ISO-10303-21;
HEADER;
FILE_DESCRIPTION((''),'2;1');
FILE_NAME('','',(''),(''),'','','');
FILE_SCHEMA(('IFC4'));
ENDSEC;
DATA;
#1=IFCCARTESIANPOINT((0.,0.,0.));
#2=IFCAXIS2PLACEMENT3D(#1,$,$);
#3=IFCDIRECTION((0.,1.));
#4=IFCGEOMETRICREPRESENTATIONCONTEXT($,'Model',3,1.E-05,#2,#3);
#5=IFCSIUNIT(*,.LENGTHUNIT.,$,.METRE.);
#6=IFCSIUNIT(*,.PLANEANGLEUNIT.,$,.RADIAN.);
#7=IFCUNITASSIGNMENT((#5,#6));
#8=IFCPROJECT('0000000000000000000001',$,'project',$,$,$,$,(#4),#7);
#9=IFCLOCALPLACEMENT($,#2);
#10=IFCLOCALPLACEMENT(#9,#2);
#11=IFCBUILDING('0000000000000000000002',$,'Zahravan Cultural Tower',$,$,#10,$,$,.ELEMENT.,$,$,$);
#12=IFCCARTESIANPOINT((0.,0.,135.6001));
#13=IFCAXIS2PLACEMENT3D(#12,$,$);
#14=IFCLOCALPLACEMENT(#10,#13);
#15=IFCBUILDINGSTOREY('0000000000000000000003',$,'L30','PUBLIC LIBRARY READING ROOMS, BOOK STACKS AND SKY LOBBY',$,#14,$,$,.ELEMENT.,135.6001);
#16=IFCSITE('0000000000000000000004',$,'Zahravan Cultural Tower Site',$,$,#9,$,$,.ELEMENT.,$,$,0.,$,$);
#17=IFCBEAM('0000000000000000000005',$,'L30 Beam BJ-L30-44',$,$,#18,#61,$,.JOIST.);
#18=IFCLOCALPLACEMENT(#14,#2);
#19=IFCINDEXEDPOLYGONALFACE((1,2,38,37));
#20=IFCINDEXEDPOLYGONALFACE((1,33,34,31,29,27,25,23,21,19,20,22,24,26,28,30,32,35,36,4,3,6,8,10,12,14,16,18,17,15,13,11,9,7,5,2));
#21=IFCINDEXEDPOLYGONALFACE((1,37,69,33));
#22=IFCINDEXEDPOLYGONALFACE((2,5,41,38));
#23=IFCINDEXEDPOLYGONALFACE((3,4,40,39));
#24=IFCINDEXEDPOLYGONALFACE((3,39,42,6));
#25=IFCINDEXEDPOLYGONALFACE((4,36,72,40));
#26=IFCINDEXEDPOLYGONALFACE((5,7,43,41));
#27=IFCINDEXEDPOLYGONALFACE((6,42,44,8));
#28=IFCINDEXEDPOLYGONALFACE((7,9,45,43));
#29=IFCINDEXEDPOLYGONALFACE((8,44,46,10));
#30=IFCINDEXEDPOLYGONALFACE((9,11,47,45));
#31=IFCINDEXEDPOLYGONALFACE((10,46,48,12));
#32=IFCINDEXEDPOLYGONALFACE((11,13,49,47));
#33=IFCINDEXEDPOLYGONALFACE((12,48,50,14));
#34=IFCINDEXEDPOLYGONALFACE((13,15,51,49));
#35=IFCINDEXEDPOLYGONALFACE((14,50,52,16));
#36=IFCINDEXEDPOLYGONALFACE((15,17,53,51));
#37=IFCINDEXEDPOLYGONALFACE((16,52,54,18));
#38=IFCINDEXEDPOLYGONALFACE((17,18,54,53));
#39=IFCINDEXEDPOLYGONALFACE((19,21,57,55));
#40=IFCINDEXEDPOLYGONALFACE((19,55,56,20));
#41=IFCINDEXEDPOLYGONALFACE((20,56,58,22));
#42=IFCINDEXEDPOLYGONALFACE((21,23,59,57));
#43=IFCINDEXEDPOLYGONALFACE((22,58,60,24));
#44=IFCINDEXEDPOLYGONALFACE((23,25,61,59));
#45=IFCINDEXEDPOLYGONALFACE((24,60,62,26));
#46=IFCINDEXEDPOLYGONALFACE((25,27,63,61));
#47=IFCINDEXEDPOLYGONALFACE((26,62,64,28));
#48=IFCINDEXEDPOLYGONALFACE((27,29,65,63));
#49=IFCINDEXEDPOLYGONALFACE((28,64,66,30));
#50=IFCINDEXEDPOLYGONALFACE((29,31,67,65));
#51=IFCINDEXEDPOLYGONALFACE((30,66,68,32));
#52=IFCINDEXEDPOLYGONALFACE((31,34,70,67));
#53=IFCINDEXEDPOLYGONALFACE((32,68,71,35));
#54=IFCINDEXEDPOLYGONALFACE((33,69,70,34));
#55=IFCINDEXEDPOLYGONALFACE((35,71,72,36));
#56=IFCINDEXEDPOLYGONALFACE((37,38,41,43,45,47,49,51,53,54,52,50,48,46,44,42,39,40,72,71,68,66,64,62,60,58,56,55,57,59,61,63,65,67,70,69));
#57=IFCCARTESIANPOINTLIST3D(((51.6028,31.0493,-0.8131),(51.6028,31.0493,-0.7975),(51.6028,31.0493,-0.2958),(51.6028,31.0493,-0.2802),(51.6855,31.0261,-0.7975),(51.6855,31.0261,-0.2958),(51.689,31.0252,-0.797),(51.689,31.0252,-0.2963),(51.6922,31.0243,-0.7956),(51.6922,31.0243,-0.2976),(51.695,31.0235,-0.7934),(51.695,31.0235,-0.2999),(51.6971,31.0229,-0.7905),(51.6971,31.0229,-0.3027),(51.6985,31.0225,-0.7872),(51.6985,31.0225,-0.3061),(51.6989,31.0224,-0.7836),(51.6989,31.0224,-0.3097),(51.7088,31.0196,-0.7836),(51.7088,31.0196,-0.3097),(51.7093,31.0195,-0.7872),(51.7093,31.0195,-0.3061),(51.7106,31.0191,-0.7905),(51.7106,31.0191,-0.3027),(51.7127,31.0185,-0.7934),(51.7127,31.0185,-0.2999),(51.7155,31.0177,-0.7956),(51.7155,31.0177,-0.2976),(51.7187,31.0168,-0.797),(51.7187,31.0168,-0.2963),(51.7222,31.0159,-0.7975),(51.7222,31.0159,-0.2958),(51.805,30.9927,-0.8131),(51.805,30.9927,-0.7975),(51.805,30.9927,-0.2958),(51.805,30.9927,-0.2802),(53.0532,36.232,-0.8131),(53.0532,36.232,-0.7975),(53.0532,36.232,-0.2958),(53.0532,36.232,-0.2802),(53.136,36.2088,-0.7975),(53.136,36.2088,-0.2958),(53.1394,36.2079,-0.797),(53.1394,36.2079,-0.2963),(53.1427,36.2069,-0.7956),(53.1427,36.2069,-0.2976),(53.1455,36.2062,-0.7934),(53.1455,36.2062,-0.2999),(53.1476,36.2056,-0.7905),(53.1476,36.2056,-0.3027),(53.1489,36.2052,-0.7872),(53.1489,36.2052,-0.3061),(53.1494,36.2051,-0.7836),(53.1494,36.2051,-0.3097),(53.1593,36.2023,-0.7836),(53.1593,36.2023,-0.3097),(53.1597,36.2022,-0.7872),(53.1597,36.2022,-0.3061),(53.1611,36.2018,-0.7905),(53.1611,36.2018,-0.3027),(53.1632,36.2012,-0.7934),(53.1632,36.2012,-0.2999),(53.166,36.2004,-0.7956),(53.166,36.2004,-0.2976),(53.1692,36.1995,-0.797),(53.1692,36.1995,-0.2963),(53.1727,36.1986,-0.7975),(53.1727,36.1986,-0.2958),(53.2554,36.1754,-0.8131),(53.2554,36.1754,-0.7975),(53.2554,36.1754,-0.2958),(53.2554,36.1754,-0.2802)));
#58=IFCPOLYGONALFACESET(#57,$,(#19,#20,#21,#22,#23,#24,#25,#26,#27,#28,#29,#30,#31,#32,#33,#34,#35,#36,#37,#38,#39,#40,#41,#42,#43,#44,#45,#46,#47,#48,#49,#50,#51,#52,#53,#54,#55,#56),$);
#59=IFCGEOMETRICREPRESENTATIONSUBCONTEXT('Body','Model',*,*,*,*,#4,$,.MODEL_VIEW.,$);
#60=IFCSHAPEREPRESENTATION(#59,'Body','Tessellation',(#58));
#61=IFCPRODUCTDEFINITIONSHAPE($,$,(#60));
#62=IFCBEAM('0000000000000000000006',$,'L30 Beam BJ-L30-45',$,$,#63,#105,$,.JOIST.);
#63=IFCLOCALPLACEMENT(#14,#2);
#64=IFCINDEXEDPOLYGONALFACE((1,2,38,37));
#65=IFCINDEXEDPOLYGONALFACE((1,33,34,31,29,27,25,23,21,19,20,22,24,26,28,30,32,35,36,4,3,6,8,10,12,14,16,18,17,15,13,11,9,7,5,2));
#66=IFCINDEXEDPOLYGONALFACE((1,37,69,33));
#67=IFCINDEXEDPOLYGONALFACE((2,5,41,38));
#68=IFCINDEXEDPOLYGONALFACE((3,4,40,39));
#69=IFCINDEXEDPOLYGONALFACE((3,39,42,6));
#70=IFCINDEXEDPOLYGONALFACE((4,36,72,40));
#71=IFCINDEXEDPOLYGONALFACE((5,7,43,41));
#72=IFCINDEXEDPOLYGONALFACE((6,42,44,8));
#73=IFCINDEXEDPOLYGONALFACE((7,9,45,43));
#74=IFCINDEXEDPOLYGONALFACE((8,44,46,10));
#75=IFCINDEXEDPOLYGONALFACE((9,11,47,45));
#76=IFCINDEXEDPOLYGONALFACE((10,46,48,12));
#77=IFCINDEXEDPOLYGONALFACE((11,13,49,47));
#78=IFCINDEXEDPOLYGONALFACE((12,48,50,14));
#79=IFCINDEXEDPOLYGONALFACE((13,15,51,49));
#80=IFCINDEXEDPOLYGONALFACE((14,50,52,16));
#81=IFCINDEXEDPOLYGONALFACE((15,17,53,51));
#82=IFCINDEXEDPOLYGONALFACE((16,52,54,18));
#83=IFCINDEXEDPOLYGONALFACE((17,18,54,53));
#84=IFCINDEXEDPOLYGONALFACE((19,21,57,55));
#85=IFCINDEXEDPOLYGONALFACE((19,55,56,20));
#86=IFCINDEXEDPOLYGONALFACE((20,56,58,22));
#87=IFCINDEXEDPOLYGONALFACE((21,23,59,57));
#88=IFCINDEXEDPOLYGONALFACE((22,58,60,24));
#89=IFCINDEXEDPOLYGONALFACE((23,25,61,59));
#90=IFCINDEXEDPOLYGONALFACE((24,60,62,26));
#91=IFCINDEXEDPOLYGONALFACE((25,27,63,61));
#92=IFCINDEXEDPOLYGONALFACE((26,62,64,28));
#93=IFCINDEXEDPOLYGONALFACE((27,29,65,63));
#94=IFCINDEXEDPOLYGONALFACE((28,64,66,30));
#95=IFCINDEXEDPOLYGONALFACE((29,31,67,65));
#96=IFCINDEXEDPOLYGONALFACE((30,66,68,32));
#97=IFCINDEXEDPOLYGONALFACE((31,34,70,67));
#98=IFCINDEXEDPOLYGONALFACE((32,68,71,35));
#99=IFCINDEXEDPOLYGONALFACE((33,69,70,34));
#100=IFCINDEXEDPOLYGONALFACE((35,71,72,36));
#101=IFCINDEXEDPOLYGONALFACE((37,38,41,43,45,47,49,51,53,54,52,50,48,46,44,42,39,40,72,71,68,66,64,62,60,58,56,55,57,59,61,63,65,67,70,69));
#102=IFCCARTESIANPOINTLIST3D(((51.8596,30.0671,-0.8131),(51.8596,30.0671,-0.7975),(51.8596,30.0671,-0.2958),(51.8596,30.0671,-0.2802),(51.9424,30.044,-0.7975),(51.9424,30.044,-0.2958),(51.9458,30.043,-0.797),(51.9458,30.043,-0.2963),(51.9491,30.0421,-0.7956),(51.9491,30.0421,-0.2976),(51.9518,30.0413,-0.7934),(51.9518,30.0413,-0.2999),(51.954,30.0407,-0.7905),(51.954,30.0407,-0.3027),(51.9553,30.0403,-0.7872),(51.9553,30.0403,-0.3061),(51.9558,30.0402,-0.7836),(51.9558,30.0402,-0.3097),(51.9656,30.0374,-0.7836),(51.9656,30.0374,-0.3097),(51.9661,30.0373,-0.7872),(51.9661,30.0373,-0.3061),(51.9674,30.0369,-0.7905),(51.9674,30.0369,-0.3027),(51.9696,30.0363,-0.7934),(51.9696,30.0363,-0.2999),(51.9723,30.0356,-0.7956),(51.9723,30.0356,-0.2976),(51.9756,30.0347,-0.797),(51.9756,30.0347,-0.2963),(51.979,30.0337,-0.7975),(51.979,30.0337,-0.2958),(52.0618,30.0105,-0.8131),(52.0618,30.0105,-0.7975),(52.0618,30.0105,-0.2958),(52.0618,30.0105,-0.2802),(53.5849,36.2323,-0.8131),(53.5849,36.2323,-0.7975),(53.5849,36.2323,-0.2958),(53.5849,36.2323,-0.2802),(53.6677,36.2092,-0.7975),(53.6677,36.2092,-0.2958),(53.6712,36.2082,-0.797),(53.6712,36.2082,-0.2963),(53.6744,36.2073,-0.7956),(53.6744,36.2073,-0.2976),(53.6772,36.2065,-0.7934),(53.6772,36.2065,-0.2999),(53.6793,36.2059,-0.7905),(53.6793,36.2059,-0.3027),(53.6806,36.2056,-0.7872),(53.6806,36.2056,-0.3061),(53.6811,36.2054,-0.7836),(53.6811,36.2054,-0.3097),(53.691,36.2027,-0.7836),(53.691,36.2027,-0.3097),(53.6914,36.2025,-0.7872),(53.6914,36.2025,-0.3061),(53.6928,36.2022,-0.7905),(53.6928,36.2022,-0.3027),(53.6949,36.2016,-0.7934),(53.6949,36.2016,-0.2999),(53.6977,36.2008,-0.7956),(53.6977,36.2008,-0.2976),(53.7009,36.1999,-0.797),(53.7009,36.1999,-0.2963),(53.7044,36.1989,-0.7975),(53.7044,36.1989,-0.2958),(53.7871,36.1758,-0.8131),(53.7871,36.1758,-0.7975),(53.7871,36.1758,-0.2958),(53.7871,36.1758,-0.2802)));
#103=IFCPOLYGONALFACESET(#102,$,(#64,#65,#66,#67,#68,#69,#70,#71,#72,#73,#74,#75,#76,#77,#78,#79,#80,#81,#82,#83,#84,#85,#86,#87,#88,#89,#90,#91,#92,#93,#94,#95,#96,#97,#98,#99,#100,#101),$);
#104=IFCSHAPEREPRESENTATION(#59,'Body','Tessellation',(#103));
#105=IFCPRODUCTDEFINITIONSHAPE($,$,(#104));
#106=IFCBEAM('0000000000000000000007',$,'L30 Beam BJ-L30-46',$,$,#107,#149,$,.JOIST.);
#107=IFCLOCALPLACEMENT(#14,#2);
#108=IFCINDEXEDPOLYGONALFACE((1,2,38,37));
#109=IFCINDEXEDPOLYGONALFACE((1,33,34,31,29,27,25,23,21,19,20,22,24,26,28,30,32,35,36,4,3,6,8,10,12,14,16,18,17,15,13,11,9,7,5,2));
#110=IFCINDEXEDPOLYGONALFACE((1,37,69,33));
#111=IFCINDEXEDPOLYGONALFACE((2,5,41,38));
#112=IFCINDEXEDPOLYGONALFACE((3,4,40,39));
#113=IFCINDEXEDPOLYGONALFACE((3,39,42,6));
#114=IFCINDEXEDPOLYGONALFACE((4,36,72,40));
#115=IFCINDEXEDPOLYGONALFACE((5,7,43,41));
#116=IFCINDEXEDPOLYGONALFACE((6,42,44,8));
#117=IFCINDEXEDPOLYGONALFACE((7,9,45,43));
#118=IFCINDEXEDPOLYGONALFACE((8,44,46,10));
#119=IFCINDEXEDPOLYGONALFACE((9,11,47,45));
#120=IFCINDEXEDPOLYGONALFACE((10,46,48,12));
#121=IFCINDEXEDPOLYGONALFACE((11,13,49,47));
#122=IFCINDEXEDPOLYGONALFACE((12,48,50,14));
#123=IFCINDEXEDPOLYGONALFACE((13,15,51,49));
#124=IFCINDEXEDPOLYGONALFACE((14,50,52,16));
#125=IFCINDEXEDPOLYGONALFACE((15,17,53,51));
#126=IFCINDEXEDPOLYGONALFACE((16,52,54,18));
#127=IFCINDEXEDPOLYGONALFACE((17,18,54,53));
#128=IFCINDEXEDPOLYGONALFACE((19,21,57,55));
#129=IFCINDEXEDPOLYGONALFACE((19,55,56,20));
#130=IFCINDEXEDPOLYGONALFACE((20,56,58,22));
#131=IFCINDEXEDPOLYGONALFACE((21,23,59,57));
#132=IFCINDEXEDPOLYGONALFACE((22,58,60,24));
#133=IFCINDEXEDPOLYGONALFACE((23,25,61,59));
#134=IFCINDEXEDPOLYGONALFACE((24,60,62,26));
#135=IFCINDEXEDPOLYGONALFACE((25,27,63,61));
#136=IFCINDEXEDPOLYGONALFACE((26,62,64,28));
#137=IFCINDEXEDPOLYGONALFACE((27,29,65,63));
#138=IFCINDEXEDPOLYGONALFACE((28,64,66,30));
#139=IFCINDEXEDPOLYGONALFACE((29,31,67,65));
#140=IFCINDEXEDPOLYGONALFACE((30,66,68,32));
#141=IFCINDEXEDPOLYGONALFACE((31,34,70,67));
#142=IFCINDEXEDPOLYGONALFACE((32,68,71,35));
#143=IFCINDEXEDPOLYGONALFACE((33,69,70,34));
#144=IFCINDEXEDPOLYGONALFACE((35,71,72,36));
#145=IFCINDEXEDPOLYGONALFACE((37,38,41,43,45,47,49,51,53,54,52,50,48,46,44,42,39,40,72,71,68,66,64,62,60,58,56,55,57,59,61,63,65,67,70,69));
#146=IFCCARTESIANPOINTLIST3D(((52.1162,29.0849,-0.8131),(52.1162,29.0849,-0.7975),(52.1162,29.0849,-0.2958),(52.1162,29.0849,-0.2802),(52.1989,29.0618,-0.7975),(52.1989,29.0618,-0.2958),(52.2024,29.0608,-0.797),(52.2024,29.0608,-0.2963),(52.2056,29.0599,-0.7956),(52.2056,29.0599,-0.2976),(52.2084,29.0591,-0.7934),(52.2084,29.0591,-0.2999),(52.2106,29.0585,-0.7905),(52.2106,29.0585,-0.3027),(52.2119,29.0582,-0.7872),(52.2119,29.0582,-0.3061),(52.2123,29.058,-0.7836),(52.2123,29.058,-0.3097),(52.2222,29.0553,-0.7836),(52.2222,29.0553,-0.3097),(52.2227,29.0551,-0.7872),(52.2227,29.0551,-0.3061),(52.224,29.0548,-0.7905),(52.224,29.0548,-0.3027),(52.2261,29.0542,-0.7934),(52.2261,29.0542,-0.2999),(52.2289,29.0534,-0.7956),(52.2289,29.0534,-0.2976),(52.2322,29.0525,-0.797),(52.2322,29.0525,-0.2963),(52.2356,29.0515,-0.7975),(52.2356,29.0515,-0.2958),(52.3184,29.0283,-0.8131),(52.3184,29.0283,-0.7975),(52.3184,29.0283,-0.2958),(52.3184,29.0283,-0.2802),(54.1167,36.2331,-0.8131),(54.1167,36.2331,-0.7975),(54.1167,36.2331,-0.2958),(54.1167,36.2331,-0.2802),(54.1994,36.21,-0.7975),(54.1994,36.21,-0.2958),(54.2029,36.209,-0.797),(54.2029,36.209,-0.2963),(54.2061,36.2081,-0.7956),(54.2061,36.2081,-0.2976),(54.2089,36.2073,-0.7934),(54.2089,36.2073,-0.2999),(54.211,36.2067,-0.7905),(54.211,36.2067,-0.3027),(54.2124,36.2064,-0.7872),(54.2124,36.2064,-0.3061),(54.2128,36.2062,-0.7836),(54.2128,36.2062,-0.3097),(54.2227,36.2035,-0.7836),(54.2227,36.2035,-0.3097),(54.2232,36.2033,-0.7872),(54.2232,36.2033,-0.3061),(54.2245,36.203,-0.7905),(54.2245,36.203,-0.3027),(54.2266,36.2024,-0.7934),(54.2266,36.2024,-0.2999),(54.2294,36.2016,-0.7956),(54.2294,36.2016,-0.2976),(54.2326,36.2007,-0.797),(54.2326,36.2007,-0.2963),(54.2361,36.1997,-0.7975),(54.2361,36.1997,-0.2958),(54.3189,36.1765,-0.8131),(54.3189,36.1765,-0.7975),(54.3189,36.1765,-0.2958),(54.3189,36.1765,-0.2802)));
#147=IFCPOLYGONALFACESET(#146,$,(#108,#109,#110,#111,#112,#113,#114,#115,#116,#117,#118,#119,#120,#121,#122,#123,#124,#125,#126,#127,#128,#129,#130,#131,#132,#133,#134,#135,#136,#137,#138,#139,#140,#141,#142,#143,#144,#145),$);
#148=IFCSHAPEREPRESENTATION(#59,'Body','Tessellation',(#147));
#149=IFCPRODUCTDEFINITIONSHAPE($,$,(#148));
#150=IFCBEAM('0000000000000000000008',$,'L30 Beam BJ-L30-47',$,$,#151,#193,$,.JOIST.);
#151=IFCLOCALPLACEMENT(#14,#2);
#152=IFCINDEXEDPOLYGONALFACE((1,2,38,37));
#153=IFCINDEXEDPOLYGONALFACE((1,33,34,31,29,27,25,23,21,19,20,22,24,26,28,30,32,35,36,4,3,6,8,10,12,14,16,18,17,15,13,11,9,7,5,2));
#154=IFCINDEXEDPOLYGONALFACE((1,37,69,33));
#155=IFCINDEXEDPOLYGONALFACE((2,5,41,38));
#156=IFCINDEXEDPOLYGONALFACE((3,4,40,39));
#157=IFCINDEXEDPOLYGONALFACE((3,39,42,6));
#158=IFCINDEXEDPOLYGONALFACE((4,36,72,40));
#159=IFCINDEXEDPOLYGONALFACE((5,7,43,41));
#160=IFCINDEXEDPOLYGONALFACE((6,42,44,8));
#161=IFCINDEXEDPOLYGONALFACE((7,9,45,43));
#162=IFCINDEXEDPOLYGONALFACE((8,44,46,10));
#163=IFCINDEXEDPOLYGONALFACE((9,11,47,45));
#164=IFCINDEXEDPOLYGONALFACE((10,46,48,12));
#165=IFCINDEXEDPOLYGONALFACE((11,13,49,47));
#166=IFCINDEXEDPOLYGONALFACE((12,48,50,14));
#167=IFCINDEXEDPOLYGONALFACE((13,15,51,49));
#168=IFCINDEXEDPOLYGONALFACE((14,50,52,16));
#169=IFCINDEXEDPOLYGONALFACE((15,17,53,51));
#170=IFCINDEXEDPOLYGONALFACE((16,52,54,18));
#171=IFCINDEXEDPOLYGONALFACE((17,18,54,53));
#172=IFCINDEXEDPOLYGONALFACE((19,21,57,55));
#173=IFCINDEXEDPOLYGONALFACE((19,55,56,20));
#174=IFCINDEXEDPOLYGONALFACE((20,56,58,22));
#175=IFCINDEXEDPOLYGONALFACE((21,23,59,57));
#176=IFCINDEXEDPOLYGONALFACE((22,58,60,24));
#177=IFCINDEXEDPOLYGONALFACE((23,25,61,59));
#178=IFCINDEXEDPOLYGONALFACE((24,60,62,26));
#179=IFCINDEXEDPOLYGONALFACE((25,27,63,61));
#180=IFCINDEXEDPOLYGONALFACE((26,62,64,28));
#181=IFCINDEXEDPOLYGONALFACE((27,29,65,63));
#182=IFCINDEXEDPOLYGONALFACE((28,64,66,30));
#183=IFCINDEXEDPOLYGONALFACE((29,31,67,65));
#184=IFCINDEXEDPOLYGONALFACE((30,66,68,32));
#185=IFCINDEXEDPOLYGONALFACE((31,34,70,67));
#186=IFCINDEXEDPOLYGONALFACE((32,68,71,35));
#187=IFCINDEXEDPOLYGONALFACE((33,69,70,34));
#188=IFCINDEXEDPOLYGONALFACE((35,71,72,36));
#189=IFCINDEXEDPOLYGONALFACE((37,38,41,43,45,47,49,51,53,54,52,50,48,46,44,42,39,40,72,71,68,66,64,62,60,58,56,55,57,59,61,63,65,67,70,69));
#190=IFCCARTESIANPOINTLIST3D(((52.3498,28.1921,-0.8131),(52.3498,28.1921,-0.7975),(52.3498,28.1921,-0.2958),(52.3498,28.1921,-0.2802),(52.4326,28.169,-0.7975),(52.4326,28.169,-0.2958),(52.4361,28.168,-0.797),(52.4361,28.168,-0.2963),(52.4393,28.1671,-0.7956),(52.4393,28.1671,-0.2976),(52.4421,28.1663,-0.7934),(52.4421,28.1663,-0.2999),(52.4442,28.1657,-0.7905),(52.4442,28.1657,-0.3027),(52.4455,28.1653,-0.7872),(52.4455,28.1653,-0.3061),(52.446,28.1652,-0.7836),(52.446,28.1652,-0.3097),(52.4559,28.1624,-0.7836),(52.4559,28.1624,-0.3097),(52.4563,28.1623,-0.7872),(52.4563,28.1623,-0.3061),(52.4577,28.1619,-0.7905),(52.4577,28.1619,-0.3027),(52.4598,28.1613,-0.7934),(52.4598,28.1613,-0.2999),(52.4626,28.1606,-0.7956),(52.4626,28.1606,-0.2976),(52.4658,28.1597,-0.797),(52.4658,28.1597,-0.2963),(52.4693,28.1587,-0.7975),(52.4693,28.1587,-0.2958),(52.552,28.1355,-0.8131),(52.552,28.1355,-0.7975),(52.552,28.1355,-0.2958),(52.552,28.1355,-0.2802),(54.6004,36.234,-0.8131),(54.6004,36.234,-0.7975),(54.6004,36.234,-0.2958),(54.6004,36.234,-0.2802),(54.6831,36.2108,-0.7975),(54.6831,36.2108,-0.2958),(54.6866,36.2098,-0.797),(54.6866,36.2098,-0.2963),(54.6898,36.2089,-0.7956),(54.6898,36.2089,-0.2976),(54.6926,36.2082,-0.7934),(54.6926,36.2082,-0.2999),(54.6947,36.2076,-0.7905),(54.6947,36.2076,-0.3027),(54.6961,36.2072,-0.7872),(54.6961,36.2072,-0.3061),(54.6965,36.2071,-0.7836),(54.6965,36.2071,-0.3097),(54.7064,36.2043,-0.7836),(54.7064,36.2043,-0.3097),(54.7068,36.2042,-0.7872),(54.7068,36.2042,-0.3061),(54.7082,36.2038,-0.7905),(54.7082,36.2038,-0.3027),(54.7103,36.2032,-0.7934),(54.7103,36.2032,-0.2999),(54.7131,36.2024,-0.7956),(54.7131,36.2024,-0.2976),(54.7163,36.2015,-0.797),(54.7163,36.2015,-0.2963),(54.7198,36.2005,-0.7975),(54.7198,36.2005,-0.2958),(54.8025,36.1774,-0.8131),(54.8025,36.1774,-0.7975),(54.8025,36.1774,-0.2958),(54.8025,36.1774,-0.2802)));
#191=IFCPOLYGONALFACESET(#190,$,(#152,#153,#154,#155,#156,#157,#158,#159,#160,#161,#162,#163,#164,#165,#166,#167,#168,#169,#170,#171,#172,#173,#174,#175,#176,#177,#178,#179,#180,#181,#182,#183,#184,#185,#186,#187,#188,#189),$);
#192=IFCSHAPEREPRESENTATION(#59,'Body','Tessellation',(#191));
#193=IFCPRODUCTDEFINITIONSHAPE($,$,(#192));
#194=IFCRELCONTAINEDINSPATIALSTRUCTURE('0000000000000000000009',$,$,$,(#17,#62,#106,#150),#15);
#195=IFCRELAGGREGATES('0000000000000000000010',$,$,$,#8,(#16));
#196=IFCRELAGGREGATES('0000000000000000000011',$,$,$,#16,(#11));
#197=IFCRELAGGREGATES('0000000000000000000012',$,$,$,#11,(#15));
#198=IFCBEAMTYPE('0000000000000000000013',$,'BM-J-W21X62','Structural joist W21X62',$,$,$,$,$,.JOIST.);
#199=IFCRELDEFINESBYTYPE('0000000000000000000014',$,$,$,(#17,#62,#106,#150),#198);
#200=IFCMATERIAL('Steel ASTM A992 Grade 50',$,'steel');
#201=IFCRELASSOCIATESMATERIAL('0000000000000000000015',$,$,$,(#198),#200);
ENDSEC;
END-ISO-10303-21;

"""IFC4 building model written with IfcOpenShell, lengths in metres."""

from ifc_helpers import new_model, si_unit, direction, frame, origin, origin_2d, place, context, subcontext, project, spatial, i_section, extrude, source, transform, mapped, material, material_profile, profile_set, type_object, element, save


model = new_model("IFC4")

# Units and contexts
model_context = context("Model", 3, precision=1e-05, world=origin(), true_north=direction((0.0, 1.0)))
body_context = subcontext(model_context, "Body", "Model", "MODEL_VIEW")
ifc_project = project(units=[si_unit("LENGTHUNIT", "METRE"), si_unit("PLANEANGLEUNIT", "RADIAN")], contexts=[model_context])

# Site, building, storey
site_placement = place(None, origin())
site = spatial("IfcSite", under=ifc_project, at=site_placement, Name="Zahravan Cultural Tower Site", CompositionType="ELEMENT", RefElevation=0.0)
building_placement = place(site_placement, origin())
building = spatial("IfcBuilding", under=site, at=building_placement, Name="Zahravan Cultural Tower", CompositionType="ELEMENT")
storey_placement = place(building_placement, frame((0.0, 0.0, 135.6001)))
storey = spatial("IfcBuildingStorey", under=building, at=storey_placement, Name="L30", Description="PUBLIC LIBRARY READING ROOMS, BOOK STACKS AND SKY LOBBY", CompositionType="ELEMENT", Elevation=135.6001)

# Shared definitions
ifc_material_1 = material(Name="Steel ASTM A992 Grade 50", Category="steel")

# Beams
ifc_material_profile_1 = material_profile(ifc_material_1, i_section(OverallWidth=0.21, OverallDepth=0.533, WebThickness=0.0103, FlangeThickness=0.0156, FilletRadius=0.0139, at=origin_2d()), Name="W21X62")
ifc_profile_set_1 = profile_set([ifc_material_profile_1], Name="Steel ASTM A992 Grade 50")
beam_type_1 = type_object("IfcBeamType", Name="BM-J-W21X62", Description="Structural joist W21X62", PredefinedType="JOIST", material=ifc_profile_set_1)
shared_shape_1 = source(origin(), body_context, "Body", "SweptSolid", [
    extrude(i_section(OverallWidth=0.21, OverallDepth=0.533, WebThickness=0.0103, FlangeThickness=0.0156, FilletRadius=0.0139, at=origin_2d()), origin(), (0.0, 0.0, 1.0), 5.3818),
])
beam_1_placement = place(storey_placement, frame((51.7039, 31.021, -0.5466), z_axis=(0.26951, 0.962997, 0.0), x_axis=(-0.962997, 0.26951, 0.0)))
element("IfcBeam", 1, at=beam_1_placement, inside=storey, type_object=beam_type_1, Name="L30 Beam BJ-L30-44", PredefinedType="JOIST", context=body_context, shape_type="MappedRepresentation", body=[
    mapped(shared_shape_1, transform((0.0, 0.0, 0.0), x_axis=(1.0, 0.0, 0.0), y_axis=(0.0, 1.0, 0.0), z_axis=(0.0, 0.0, 1.0), scale=1.0)),
])
shared_shape_2 = source(origin(), body_context, "Body", "SweptSolid", [
    extrude(i_section(OverallWidth=0.21, OverallDepth=0.533, WebThickness=0.0103, FlangeThickness=0.0156, FilletRadius=0.0139, at=origin_2d()), origin(), (0.0, 0.0, 1.0), 6.4021),
])
beam_2_placement = place(storey_placement, frame((51.9607, 30.0388, -0.5466), z_axis=(0.269494, 0.963002, 0.0), x_axis=(-0.963002, 0.269494, 0.0)))
element("IfcBeam", 2, at=beam_2_placement, inside=storey, type_object=beam_type_1, Name="L30 Beam BJ-L30-45", PredefinedType="JOIST", context=body_context, shape_type="MappedRepresentation", body=[
    mapped(shared_shape_2, transform((0.0, 0.0, 0.0), x_axis=(1.0, 0.0, 0.0), y_axis=(0.0, 1.0, 0.0), z_axis=(0.0, 0.0, 1.0), scale=1.0)),
])
shared_shape_3 = source(origin(), body_context, "Body", "SweptSolid", [
    extrude(i_section(OverallWidth=0.21, OverallDepth=0.533, WebThickness=0.0103, FlangeThickness=0.0156, FilletRadius=0.0139, at=origin_2d()), origin(), (0.0, 0.0, 1.0), 7.4229),
])
beam_3_placement = place(storey_placement, frame((52.2173, 29.0566, -0.5466), z_axis=(0.269504, 0.962999, 0.0), x_axis=(-0.962999, 0.269504, 0.0)))
element("IfcBeam", 3, at=beam_3_placement, inside=storey, type_object=beam_type_1, Name="L30 Beam BJ-L30-46", PredefinedType="JOIST", context=body_context, shape_type="MappedRepresentation", body=[
    mapped(shared_shape_3, transform((0.0, 0.0, 0.0), x_axis=(1.0, 0.0, 0.0), y_axis=(0.0, 1.0, 0.0), z_axis=(0.0, 0.0, 1.0), scale=1.0)),
])
shared_shape_4 = source(origin(), body_context, "Body", "SweptSolid", [
    extrude(i_section(OverallWidth=0.21, OverallDepth=0.533, WebThickness=0.0103, FlangeThickness=0.0156, FilletRadius=0.0139, at=origin_2d()), origin(), (0.0, 0.0, 1.0), 8.3508),
])
beam_4_placement = place(storey_placement, frame((52.4509, 28.1638, -0.5466), z_axis=(0.269497, 0.963001, 0.0), x_axis=(-0.963001, 0.269497, 0.0)))
element("IfcBeam", 4, at=beam_4_placement, inside=storey, type_object=beam_type_1, Name="L30 Beam BJ-L30-47", PredefinedType="JOIST", context=body_context, shape_type="MappedRepresentation", body=[
    mapped(shared_shape_4, transform((0.0, 0.0, 0.0), x_axis=(1.0, 0.0, 0.0), y_axis=(0.0, 1.0, 0.0), z_axis=(0.0, 0.0, 1.0), scale=1.0)),
])

save(model, "model.ifc")
